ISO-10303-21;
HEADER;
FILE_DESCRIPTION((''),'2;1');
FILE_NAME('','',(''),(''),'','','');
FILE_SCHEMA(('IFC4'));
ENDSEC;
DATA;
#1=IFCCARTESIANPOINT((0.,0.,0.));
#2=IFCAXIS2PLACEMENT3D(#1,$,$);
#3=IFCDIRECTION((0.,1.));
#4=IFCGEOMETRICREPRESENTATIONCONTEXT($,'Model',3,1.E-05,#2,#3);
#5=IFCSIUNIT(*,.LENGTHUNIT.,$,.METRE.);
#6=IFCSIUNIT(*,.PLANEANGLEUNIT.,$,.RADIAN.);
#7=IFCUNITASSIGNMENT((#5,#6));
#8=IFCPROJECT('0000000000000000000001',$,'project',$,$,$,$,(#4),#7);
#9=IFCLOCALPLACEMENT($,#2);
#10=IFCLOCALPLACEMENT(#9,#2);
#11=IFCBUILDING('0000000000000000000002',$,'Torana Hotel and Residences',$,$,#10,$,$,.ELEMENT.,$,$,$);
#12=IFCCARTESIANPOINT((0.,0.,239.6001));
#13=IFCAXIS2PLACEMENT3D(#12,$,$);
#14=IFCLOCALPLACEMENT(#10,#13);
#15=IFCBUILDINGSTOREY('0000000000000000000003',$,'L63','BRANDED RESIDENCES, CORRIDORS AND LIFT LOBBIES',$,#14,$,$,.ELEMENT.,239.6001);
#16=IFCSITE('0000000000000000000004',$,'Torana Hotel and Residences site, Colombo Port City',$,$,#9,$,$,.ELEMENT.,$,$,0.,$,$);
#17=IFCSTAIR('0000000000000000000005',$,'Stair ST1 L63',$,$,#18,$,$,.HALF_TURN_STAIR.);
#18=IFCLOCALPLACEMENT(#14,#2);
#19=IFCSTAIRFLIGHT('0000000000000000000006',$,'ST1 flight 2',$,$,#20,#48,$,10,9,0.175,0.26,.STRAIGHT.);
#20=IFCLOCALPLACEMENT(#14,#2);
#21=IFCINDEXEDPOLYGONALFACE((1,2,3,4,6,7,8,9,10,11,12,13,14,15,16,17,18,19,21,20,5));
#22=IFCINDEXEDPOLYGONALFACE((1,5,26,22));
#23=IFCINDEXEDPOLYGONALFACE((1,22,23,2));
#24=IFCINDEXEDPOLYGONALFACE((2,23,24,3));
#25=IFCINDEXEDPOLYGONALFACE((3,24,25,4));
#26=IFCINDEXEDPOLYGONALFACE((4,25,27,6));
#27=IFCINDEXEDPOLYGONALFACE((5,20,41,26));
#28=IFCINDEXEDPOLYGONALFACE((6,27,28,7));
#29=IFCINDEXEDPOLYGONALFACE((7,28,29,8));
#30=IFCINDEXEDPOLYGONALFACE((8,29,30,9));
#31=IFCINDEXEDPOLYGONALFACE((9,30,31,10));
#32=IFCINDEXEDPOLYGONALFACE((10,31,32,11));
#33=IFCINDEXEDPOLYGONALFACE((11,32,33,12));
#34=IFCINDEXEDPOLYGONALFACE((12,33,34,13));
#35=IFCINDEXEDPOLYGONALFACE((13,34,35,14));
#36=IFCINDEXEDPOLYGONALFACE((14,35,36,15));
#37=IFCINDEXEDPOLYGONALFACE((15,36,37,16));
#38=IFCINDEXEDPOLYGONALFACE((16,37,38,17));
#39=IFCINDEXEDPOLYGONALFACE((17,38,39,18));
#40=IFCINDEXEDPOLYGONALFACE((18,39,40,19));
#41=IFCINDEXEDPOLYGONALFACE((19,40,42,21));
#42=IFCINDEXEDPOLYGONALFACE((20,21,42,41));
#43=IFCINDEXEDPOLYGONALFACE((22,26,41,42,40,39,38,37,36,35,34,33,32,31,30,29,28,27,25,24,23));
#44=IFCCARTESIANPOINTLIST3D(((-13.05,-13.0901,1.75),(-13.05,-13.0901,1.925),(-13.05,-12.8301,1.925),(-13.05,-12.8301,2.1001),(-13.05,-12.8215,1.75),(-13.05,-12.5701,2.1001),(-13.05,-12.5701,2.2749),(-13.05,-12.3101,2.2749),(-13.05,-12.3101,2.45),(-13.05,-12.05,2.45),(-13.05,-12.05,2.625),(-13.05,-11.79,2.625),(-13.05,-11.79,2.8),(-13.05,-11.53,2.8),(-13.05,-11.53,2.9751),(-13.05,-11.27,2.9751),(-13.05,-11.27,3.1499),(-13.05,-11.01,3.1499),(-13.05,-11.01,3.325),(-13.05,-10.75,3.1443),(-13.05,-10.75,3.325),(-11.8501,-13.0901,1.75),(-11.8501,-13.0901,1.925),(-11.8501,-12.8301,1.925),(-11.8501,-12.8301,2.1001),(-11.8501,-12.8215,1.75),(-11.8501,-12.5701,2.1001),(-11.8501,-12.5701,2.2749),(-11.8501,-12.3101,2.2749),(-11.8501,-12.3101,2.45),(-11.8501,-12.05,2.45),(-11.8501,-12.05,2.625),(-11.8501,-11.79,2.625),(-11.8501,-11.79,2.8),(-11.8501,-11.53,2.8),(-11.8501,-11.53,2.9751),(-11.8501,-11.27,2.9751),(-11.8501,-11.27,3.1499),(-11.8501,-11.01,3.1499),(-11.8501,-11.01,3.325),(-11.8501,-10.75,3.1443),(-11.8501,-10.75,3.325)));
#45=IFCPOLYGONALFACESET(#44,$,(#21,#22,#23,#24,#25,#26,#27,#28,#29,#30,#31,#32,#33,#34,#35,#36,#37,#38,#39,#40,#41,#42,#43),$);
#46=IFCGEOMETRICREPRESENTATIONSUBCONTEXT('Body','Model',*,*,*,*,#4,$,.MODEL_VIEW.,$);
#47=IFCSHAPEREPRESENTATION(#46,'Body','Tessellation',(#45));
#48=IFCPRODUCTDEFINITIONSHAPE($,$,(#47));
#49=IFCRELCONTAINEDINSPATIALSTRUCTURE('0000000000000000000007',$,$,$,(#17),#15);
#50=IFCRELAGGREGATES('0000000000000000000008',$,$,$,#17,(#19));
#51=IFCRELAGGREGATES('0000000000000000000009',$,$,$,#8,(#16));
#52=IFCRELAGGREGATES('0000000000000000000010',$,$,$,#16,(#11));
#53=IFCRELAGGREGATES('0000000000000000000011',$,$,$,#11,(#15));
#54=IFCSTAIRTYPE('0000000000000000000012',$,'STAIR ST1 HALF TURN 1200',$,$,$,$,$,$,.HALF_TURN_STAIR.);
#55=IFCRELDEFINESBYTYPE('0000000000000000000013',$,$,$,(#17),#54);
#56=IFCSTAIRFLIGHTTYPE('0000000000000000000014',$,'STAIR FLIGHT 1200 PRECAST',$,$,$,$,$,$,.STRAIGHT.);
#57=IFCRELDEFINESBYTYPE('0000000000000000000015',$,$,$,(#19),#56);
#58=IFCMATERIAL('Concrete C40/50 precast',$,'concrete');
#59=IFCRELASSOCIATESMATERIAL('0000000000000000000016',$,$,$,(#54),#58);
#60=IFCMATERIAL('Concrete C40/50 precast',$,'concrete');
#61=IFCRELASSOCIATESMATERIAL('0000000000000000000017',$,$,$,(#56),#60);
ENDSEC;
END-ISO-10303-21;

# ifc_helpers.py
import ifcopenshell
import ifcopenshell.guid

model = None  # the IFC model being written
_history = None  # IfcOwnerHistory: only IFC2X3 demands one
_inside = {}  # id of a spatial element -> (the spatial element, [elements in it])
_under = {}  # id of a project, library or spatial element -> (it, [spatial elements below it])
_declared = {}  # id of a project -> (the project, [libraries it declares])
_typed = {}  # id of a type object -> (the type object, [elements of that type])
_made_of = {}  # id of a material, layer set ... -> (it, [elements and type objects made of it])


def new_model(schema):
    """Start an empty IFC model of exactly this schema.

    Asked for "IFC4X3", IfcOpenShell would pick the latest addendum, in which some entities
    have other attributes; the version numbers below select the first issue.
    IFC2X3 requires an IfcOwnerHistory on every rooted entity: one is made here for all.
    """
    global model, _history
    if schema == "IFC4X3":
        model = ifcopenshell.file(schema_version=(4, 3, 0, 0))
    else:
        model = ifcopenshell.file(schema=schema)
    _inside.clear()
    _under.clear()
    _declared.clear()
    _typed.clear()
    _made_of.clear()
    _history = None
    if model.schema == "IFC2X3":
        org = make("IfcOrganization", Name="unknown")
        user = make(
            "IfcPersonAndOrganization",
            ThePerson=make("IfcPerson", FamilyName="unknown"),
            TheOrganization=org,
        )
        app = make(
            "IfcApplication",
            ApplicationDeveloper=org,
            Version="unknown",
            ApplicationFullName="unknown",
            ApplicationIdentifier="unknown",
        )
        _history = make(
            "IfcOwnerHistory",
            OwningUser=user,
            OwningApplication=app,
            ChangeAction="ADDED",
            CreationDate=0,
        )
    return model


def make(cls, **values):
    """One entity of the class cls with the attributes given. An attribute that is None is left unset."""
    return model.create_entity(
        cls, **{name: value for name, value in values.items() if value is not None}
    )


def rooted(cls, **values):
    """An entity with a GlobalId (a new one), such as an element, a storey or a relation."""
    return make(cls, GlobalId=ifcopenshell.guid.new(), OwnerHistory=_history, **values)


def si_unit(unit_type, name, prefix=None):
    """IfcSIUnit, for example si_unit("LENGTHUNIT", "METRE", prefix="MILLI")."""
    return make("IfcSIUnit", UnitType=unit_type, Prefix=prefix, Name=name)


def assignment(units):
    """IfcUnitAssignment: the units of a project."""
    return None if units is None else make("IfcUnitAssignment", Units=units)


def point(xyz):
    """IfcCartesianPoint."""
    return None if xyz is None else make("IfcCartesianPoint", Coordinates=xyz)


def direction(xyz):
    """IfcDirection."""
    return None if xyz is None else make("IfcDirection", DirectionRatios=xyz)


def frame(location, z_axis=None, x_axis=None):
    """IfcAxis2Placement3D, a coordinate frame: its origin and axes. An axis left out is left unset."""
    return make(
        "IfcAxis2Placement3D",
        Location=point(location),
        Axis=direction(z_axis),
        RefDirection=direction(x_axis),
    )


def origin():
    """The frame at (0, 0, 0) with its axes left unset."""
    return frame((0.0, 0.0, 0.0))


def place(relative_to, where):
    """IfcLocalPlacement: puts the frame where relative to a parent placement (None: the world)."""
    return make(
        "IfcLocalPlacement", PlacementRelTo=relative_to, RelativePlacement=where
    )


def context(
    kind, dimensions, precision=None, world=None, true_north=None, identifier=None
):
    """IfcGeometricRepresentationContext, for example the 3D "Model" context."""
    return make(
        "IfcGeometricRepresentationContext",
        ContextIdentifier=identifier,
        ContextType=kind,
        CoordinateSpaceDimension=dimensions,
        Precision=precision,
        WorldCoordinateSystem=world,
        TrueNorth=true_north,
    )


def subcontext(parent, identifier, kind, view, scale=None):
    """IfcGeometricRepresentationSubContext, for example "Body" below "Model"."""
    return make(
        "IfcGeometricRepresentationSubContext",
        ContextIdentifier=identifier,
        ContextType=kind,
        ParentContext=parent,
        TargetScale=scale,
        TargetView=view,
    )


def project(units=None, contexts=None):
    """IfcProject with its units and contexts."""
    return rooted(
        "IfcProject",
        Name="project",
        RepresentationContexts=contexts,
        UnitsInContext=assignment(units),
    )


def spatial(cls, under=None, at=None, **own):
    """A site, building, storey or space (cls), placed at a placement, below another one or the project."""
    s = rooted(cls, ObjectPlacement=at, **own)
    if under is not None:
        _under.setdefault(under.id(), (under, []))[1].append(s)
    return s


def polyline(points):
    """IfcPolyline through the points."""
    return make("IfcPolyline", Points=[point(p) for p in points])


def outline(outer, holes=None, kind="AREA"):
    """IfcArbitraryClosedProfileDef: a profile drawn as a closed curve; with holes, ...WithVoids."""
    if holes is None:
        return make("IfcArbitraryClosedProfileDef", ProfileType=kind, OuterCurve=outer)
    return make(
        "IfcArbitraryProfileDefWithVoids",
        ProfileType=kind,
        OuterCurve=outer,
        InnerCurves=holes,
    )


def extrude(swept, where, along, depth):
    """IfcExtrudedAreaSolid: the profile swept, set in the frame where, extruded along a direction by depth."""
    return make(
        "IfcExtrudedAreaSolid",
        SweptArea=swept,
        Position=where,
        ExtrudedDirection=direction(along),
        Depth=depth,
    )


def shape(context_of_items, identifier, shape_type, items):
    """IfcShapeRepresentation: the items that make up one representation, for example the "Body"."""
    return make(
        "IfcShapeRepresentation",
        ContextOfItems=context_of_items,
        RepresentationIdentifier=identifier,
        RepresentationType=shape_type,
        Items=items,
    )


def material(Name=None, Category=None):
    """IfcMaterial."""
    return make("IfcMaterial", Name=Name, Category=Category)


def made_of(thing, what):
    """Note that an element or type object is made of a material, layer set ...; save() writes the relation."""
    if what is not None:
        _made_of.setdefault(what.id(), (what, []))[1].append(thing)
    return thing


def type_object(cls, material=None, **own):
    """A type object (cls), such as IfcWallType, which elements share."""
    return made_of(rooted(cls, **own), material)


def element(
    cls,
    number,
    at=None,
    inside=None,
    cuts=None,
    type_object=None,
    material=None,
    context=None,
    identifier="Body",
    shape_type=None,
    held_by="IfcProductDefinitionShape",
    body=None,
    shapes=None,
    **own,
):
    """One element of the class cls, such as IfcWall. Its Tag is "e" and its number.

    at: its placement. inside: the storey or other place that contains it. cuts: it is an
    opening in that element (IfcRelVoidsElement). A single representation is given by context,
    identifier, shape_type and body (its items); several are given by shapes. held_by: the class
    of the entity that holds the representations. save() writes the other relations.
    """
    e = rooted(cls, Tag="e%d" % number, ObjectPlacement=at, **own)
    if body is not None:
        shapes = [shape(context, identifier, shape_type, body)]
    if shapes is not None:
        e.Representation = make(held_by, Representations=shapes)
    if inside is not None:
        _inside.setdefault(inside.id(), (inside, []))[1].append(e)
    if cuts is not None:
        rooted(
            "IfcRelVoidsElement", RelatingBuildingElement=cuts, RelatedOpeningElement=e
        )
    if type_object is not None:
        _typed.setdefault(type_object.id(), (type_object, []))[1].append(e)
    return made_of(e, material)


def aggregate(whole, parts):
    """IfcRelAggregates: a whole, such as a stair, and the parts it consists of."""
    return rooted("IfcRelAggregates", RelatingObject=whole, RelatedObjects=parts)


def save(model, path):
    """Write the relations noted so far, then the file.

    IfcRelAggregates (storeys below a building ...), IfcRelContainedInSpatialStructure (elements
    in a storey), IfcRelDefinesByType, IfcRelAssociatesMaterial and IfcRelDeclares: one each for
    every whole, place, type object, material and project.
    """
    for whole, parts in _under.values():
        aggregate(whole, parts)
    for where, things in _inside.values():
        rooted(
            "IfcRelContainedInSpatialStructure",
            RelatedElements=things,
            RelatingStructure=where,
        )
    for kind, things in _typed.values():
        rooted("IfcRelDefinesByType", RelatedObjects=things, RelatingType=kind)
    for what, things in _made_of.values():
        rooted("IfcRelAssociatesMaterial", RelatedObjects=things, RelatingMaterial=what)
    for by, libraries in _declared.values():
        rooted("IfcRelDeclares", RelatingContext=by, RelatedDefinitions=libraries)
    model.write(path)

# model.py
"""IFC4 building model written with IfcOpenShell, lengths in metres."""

from ifc_helpers import new_model, si_unit, direction, frame, origin, place, context, subcontext, project, spatial, polyline, outline, extrude, material, type_object, element, aggregate, save


model = new_model("IFC4")

# Units and contexts
model_context = context("Model", 3, precision=1e-05, world=origin(), true_north=direction((0.0, 1.0)))
body_context = subcontext(model_context, "Body", "Model", "MODEL_VIEW")
ifc_project = project(units=[si_unit("LENGTHUNIT", "METRE"), si_unit("PLANEANGLEUNIT", "RADIAN")], contexts=[model_context])

# Site, building, storey
site_placement = place(None, origin())
site = spatial("IfcSite", under=ifc_project, at=site_placement, Name="Torana Hotel and Residences site, Colombo Port City", CompositionType="ELEMENT", RefElevation=0.0)
building_placement = place(site_placement, origin())
building = spatial("IfcBuilding", under=site, at=building_placement, Name="Torana Hotel and Residences", CompositionType="ELEMENT")
storey_placement = place(building_placement, frame((0.0, 0.0, 239.6001)))
storey = spatial("IfcBuildingStorey", under=building, at=storey_placement, Name="L63", Description="BRANDED RESIDENCES, CORRIDORS AND LIFT LOBBIES", CompositionType="ELEMENT", Elevation=239.6001)

# Stair, stair flight
ifc_material_1 = material(Name="Concrete C40/50 precast", Category="concrete")
stair_type = type_object("IfcStairType", Name="STAIR ST1 HALF TURN 1200", PredefinedType="HALF_TURN_STAIR", material=ifc_material_1)
stair_placement = place(storey_placement, origin())
stair = element("IfcStair", 1, at=stair_placement, inside=storey, type_object=stair_type, Name="Stair ST1 L63", PredefinedType="HALF_TURN_STAIR")
ifc_material_2 = material(Name="Concrete C40/50 precast", Category="concrete")
stair_flight_type = type_object("IfcStairFlightType", Name="STAIR FLIGHT 1200 PRECAST", PredefinedType="STRAIGHT", material=ifc_material_2)
stair_flight_placement = place(storey_placement, frame((-12.45, -13.0901, 1.75), z_axis=(0.0, 0.0, 1.0), x_axis=(0.0, 1.0, 0.0)))
stair_flight = element("IfcStairFlight", 2, at=stair_flight_placement, type_object=stair_flight_type, Name="ST1 flight 2", NumberOfRisers=10, NumberOfTreads=9, PredefinedType="STRAIGHT", RiserHeight=0.175, TreadLength=0.26, context=body_context, shape_type="SweptSolid", body=[
    extrude(outline(polyline([(0.0, 0.0), (0.0, 0.175), (0.26, 0.175), (0.26, 0.3501), (0.52, 0.3501), (0.52, 0.5249), (0.78, 0.5249), (0.78, 0.7), (1.04, 0.7), (1.04, 0.875), (1.3, 0.875), (1.3, 1.05), (1.5601, 1.05), (1.5601, 1.2251), (1.8201, 1.2251), (1.8201, 1.3999), (2.0801, 1.3999), (2.0801, 1.575), (2.3401, 1.575), (2.3401, 1.75), (2.3401, 1.3943), (0.2686, 0.0), (0.0, 0.0)])), frame((0.0, 0.6001, 0.0), z_axis=(0.0, -1.0, 0.0), x_axis=(1.0, 0.0, 0.0)), (0.0, 0.0, 1.0), 1.2),
])
aggregate(stair, [stair_flight])

save(model, "model.ifc")
